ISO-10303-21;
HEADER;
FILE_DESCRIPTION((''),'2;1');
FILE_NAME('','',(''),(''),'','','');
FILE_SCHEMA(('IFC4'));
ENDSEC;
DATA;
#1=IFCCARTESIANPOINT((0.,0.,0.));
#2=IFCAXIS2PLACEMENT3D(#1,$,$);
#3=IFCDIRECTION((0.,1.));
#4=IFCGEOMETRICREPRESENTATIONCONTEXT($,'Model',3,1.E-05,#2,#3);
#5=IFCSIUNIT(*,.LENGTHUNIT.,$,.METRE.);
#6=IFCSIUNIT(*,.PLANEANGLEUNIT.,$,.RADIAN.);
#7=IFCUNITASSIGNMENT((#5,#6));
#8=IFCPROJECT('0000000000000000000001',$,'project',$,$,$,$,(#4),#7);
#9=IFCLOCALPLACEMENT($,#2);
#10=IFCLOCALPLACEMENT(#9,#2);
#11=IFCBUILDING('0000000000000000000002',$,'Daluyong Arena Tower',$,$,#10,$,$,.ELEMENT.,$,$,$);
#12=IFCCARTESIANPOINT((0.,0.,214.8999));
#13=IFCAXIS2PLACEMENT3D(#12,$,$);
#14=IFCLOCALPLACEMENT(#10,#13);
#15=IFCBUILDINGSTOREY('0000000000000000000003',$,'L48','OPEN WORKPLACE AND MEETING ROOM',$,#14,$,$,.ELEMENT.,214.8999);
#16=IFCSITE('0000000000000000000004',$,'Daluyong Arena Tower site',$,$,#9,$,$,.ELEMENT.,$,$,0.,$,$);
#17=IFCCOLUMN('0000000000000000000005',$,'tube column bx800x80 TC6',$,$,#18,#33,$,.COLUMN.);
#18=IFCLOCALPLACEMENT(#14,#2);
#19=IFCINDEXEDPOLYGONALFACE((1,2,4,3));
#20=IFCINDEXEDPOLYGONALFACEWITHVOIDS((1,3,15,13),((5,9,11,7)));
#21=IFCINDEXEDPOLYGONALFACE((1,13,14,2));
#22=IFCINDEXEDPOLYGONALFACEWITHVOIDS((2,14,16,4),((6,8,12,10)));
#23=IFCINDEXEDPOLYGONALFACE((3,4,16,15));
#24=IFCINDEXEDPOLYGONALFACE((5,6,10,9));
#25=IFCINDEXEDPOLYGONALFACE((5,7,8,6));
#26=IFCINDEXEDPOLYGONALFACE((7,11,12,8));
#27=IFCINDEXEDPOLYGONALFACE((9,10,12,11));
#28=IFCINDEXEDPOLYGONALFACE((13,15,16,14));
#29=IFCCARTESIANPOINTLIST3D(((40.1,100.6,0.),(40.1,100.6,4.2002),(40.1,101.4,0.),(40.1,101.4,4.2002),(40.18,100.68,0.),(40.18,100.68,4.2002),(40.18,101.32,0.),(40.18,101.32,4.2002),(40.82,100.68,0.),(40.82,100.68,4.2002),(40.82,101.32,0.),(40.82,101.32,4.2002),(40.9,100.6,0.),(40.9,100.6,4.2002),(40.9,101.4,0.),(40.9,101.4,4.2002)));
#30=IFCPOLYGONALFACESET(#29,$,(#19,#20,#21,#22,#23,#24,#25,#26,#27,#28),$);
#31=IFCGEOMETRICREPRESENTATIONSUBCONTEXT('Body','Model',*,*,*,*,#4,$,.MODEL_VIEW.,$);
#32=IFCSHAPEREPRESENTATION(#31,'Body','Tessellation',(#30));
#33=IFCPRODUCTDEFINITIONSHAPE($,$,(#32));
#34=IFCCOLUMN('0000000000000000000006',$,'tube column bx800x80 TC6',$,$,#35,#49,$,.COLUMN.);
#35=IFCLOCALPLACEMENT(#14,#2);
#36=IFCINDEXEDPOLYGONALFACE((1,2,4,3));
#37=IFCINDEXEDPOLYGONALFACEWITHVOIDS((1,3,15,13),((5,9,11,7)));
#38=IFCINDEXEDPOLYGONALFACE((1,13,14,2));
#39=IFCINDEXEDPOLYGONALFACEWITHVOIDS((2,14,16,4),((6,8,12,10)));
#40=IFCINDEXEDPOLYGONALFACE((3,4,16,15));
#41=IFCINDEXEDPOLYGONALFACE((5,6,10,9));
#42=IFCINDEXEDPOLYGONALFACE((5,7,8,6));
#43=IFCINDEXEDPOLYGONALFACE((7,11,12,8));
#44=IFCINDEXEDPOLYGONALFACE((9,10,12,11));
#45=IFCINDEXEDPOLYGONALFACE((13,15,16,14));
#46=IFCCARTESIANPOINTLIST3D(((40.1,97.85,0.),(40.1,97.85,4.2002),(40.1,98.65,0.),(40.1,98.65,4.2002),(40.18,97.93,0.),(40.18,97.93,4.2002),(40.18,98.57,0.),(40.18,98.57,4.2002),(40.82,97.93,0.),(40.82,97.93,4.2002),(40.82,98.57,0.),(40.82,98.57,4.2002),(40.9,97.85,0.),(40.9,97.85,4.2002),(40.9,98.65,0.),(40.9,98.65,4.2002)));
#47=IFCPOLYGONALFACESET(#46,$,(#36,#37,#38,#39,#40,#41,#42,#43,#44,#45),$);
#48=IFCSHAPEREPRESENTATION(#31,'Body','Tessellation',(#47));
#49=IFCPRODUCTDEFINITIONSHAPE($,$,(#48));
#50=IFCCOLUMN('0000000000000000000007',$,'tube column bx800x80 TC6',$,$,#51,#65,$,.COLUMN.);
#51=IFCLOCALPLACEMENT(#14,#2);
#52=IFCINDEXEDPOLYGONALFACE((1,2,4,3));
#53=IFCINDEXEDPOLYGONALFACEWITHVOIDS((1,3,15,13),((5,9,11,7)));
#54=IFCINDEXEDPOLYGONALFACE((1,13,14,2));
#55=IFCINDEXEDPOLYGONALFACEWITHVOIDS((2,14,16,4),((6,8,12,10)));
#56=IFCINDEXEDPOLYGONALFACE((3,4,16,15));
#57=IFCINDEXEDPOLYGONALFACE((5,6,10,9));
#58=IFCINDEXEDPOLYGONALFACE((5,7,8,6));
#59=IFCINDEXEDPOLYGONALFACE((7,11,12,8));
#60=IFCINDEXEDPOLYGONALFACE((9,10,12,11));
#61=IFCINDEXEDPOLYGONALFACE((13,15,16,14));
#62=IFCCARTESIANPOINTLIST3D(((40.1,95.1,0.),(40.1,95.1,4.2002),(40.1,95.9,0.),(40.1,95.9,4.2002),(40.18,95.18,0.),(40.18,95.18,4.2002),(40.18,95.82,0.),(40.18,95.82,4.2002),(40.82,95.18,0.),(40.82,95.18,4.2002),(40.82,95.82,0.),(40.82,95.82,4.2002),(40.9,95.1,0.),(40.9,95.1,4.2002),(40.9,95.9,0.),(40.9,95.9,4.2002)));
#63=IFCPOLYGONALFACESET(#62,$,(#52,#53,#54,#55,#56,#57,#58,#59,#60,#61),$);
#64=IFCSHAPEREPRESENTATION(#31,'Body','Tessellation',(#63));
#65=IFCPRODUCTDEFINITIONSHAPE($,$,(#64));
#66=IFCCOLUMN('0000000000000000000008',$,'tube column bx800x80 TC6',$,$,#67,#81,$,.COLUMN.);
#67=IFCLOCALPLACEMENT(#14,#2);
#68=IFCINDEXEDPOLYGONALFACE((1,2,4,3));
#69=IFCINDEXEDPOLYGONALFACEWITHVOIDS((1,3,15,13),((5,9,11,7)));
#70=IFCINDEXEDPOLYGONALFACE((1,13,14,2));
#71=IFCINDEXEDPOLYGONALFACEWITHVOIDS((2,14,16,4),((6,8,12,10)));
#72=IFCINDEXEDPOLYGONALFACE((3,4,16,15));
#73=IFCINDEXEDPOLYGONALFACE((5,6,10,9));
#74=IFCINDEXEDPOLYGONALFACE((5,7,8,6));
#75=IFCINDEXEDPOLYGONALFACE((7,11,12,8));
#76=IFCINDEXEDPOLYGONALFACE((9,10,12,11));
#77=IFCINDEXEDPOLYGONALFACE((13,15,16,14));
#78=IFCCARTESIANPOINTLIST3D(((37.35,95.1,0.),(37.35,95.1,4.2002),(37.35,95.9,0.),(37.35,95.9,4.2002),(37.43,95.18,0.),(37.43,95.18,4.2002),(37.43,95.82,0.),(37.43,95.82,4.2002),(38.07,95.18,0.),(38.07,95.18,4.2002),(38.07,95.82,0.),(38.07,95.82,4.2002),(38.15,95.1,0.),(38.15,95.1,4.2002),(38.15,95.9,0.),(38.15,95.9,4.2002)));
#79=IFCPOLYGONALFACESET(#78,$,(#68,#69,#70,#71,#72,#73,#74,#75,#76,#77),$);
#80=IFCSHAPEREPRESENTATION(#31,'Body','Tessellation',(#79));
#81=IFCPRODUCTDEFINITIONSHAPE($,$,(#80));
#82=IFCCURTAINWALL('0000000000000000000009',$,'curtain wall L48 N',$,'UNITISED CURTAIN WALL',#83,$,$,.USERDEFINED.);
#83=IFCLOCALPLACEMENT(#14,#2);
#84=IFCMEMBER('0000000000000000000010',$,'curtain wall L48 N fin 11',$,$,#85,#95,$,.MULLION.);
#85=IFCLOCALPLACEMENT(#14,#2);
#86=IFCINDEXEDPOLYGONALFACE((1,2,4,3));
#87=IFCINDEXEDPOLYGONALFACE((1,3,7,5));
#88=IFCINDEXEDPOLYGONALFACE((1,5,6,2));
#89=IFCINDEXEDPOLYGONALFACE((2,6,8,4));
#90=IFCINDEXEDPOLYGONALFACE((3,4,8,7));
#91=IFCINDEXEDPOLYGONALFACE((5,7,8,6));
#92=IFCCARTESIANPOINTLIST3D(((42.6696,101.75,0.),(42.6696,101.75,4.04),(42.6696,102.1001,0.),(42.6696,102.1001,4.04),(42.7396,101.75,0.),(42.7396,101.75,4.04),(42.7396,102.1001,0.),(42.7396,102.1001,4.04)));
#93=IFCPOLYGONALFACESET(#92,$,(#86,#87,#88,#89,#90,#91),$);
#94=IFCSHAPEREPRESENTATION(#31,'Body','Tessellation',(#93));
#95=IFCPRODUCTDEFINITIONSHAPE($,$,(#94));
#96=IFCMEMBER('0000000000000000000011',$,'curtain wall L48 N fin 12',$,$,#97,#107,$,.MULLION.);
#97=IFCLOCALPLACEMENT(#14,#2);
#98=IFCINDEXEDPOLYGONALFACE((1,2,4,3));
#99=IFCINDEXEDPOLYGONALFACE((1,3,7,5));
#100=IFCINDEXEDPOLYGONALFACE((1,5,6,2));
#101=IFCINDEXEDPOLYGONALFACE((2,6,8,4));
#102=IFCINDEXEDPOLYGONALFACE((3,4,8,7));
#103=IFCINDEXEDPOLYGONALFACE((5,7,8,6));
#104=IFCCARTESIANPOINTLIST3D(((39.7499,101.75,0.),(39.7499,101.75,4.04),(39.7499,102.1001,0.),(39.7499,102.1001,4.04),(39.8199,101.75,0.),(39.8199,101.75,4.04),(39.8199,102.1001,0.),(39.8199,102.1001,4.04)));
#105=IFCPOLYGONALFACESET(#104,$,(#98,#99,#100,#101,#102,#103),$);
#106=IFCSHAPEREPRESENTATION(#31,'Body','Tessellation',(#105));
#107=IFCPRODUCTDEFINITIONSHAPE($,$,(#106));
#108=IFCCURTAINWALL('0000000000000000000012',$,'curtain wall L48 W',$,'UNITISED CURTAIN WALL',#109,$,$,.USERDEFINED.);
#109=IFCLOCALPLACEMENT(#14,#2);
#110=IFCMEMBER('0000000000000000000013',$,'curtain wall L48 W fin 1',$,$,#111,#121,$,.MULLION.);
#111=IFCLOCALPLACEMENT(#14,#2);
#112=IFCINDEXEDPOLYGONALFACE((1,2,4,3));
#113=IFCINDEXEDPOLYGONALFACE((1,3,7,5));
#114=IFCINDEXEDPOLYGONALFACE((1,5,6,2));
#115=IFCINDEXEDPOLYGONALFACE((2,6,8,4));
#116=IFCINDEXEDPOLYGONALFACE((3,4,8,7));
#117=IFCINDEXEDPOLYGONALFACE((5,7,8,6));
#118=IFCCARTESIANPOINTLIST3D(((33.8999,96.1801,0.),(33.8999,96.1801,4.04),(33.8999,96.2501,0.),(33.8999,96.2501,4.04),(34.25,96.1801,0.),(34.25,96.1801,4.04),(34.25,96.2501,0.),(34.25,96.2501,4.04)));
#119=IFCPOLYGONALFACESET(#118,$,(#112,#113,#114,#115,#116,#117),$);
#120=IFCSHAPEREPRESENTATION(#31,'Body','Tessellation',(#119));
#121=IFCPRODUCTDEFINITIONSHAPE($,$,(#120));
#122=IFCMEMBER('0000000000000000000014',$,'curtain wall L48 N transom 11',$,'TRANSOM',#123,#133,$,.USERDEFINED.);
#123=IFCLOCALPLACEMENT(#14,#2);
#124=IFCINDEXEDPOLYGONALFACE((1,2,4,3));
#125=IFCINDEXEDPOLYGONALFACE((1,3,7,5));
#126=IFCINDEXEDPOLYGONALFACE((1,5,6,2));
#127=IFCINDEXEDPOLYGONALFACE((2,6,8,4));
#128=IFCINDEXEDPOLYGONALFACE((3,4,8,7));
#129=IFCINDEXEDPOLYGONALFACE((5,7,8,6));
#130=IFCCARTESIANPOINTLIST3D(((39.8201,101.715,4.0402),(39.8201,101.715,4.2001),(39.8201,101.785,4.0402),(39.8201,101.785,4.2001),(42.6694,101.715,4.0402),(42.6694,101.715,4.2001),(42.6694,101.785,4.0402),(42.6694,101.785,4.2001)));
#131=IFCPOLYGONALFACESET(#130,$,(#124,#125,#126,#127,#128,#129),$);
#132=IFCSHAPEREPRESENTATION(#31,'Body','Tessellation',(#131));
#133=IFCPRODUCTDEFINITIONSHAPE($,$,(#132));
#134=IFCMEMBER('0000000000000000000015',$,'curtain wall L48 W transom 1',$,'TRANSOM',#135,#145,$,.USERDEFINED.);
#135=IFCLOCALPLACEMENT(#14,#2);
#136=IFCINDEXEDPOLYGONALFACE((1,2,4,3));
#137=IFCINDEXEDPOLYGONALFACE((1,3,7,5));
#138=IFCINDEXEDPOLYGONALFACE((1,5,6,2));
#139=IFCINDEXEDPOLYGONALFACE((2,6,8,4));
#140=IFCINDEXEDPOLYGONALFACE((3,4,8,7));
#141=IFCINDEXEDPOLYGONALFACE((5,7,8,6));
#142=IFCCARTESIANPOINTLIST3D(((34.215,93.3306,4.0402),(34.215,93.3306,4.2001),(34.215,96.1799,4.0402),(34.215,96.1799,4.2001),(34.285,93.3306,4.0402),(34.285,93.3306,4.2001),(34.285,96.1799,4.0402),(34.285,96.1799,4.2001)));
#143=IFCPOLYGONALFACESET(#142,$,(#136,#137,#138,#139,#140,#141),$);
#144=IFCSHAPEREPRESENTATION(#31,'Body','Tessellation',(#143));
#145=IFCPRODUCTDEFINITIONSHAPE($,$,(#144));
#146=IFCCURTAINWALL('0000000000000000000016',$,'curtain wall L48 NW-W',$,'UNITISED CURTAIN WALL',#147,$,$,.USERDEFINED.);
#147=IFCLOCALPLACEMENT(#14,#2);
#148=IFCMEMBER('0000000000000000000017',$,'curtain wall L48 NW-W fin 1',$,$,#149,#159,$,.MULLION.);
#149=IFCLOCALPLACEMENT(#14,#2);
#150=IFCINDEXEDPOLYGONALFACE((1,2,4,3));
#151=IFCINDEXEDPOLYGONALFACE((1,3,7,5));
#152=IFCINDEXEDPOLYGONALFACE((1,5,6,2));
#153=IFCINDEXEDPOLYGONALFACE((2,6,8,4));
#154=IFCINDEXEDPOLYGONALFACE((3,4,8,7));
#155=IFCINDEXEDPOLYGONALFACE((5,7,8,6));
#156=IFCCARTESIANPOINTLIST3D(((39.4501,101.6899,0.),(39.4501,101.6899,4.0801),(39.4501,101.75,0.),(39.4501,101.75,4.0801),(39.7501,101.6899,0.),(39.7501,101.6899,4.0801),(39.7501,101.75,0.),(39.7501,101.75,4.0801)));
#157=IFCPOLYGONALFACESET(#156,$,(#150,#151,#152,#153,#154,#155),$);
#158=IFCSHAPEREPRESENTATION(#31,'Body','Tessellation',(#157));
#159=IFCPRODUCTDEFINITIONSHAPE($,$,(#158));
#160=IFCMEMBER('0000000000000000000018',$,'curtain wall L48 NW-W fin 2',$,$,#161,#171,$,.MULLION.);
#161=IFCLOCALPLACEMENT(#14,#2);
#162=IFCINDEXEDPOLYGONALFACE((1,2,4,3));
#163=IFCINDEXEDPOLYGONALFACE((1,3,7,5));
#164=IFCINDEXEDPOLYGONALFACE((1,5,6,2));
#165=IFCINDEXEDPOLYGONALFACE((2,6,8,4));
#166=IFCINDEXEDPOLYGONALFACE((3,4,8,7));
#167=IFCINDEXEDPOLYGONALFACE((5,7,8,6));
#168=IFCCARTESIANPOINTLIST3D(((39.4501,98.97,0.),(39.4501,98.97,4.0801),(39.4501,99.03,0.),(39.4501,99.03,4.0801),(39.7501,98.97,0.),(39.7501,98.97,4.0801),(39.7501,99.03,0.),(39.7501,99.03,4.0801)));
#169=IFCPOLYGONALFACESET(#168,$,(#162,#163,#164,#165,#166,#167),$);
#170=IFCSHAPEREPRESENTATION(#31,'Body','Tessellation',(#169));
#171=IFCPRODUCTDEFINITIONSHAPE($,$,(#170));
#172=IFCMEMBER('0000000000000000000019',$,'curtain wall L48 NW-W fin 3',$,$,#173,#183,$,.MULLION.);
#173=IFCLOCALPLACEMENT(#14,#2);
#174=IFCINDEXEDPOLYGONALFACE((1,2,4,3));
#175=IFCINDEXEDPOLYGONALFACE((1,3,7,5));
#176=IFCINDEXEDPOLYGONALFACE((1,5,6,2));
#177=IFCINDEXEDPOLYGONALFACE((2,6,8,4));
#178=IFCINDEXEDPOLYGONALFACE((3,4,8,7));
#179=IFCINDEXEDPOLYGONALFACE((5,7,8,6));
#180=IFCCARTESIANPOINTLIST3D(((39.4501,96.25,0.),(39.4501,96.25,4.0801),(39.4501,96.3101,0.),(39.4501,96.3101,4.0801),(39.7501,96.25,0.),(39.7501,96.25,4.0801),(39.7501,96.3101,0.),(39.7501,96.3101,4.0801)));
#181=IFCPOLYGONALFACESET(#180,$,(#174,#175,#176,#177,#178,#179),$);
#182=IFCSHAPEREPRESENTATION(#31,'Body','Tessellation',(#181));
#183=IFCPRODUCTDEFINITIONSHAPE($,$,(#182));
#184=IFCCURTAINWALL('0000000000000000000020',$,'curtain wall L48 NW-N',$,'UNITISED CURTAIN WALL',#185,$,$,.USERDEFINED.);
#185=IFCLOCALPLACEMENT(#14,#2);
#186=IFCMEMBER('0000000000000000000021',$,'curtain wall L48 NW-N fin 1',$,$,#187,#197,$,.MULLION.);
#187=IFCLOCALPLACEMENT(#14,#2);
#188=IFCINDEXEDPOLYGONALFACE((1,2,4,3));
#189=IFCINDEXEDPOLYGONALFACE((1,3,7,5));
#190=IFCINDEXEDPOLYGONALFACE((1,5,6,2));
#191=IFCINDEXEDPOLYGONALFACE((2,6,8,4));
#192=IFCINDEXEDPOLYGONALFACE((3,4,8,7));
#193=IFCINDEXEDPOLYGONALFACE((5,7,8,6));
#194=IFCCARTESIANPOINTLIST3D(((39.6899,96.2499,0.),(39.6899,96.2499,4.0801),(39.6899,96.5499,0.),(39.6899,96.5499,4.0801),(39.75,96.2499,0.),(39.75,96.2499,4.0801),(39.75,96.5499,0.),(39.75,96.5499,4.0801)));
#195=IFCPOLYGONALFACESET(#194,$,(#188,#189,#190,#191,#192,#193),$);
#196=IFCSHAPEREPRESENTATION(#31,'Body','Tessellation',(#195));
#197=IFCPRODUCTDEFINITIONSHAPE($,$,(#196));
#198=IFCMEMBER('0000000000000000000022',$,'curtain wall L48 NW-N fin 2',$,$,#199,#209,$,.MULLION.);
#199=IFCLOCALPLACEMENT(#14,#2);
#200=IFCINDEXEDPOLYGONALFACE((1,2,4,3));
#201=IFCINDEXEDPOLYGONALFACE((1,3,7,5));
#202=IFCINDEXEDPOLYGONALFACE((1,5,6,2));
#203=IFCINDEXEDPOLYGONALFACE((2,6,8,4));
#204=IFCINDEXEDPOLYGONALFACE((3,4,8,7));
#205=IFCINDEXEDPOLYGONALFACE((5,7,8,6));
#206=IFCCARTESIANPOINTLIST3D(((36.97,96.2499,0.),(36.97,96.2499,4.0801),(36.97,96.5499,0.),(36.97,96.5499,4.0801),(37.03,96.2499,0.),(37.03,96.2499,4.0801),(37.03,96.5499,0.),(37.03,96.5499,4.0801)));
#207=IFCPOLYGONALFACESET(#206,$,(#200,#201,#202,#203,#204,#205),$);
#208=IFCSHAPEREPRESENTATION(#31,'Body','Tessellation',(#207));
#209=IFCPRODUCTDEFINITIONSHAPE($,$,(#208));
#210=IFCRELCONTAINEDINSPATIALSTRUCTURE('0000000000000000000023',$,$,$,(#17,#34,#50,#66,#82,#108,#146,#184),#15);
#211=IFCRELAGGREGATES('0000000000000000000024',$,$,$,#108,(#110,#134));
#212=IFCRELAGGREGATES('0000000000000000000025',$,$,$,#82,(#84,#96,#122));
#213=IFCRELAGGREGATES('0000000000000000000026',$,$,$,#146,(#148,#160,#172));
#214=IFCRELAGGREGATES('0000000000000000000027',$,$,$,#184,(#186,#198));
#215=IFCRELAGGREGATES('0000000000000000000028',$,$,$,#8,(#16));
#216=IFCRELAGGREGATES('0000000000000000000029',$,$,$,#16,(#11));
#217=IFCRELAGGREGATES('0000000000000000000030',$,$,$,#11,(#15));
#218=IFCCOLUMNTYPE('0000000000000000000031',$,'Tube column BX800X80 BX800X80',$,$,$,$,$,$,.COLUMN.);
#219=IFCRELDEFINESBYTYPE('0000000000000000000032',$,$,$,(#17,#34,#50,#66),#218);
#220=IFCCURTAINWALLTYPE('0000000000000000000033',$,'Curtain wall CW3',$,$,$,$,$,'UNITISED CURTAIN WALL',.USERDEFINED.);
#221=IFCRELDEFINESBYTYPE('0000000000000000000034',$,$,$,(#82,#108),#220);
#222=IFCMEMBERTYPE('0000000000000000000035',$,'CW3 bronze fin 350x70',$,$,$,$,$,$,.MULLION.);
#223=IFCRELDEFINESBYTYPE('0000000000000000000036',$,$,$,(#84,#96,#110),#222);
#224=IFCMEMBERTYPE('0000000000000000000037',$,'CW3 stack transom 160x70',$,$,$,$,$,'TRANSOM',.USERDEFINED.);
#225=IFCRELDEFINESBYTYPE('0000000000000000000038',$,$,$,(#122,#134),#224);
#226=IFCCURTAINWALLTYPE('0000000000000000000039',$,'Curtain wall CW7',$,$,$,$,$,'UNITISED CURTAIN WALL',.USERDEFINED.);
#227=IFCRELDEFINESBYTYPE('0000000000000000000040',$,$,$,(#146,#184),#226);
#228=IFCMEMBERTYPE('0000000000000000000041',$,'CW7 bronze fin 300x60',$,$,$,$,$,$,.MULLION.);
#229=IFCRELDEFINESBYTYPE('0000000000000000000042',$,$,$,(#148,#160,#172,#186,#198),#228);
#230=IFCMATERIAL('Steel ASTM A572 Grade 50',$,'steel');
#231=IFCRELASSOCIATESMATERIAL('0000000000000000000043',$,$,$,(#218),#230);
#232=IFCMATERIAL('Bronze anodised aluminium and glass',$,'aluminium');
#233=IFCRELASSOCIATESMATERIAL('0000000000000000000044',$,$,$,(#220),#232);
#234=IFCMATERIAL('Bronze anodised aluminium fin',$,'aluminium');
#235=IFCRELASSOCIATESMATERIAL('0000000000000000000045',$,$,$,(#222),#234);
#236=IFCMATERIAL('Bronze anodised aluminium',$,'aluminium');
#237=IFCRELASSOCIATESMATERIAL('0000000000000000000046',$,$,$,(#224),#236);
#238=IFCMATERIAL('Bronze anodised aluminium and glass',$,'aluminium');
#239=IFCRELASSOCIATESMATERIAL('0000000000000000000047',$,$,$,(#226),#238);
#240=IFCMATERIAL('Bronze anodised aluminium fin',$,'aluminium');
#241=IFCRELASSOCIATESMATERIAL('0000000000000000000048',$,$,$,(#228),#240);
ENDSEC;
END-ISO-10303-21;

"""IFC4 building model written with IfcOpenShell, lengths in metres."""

from ifc_helpers import new_model, si_unit, direction, frame, origin, origin_2d, place, context, subcontext, project, spatial, rectangle, hollow_rectangle, extrude, material, material_profile, profile_set, type_object, element, aggregate, save


model = new_model("IFC4")

# Units and contexts
model_context = context("Model", 3, precision=1e-05, world=origin(), true_north=direction((0.0, 1.0)))
body_context = subcontext(model_context, "Body", "Model", "MODEL_VIEW")
ifc_project = project(units=[si_unit("LENGTHUNIT", "METRE"), si_unit("PLANEANGLEUNIT", "RADIAN")], contexts=[model_context])

# Site, building, storey
site_placement = place(None, origin())
site = spatial("IfcSite", under=ifc_project, at=site_placement, Name="Daluyong Arena Tower site", CompositionType="ELEMENT", RefElevation=0.0)
building_placement = place(site_placement, origin())
building = spatial("IfcBuilding", under=site, at=building_placement, Name="Daluyong Arena Tower", CompositionType="ELEMENT")
storey_placement = place(building_placement, frame((0.0, 0.0, 214.8999)))
storey = spatial("IfcBuildingStorey", under=building, at=storey_placement, Name="L48", Description="OPEN WORKPLACE AND MEETING ROOM", CompositionType="ELEMENT", Elevation=214.8999)

# Columns
ifc_material_1 = material(Name="Steel ASTM A572 Grade 50", Category="steel")
ifc_material_profile_1 = material_profile(ifc_material_1, hollow_rectangle(XDim=0.8, YDim=0.8, WallThickness=0.08, at=origin_2d()))
ifc_profile_set_1 = profile_set([ifc_material_profile_1], Name="Steel ASTM A572 Grade 50")
column_type = type_object("IfcColumnType", Name="Tube column BX800X80 BX800X80", PredefinedType="COLUMN", material=ifc_profile_set_1)
for number, where, z_axis, x_axis, name in (
    (1, (40.5, 101.0, 0.0), (0.0, 0.0, 1.0), (0.0, 1.0, 0.0), "tube column bx800x80 TC6"),
    (2, (40.5, 98.25, 0.0), (0.0, 0.0, 1.0), (0.0, 1.0, 0.0), "tube column bx800x80 TC6"),
    (3, (40.5, 95.5, 0.0), (0.0, 0.0, 1.0), (1.0, 0.0, 0.0), "tube column bx800x80 TC6"),
    (4, (37.75, 95.5, 0.0), (0.0, 0.0, 1.0), (1.0, 0.0, 0.0), "tube column bx800x80 TC6"),
):
    element("IfcColumn", number, at=place(storey_placement, frame(where, z_axis=z_axis, x_axis=x_axis)), inside=storey, type_object=column_type, Name=name, PredefinedType="COLUMN", context=body_context, shape_type="SweptSolid", body=[
        extrude(hollow_rectangle(XDim=0.8, YDim=0.8, WallThickness=0.08, at=origin_2d()), origin(), (0.0, 0.0, 1.0), 4.2002),
    ])

# Curtain wall, members
ifc_material_2 = material(Name="Bronze anodised aluminium and glass", Category="aluminium")
curtain_wall_type_1 = type_object("IfcCurtainWallType", Name="Curtain wall CW3", ElementType="UNITISED CURTAIN WALL", PredefinedType="USERDEFINED", material=ifc_material_2)
curtain_wall_1_placement = place(storey_placement, origin())
curtain_wall_1 = element("IfcCurtainWall", 5, at=curtain_wall_1_placement, inside=storey, type_object=curtain_wall_type_1, Name="curtain wall L48 N", ObjectType="UNITISED CURTAIN WALL", PredefinedType="USERDEFINED")
ifc_material_3 = material(Name="Bronze anodised aluminium fin", Category="aluminium")
ifc_material_profile_2 = material_profile(ifc_material_3, rectangle(XDim=0.3501, YDim=0.0701, at=origin_2d()))
ifc_profile_set_2 = profile_set([ifc_material_profile_2], Name="Bronze anodised aluminium fin")
member_type_1 = type_object("IfcMemberType", Name="CW3 bronze fin 350x70", PredefinedType="MULLION", material=ifc_profile_set_2)
member_1_placement = place(storey_placement, frame((42.7046, 101.925, 0.0), z_axis=(0.0, 0.0, 1.0), x_axis=(0.0, -1.0, 0.0)))
member_1 = element("IfcMember", 6, at=member_1_placement, type_object=member_type_1, Name="curtain wall L48 N fin 11", PredefinedType="MULLION", context=body_context, shape_type="SweptSolid", body=[
    extrude(rectangle(XDim=0.3501, YDim=0.0701, at=origin_2d()), origin(), (0.0, 0.0, 1.0), 4.04),
])
member_2_placement = place(storey_placement, frame((39.7849, 101.925, 0.0), z_axis=(0.0, 0.0, 1.0), x_axis=(0.0, -1.0, 0.0)))
member_2 = element("IfcMember", 7, at=member_2_placement, type_object=member_type_1, Name="curtain wall L48 N fin 12", PredefinedType="MULLION", context=body_context, shape_type="SweptSolid", body=[
    extrude(rectangle(XDim=0.3501, YDim=0.0701, at=origin_2d()), origin(), (0.0, 0.0, 1.0), 4.04),
])

# Curtain wall, member
curtain_wall_2_placement = place(storey_placement, origin())
curtain_wall_2 = element("IfcCurtainWall", 8, at=curtain_wall_2_placement, inside=storey, type_object=curtain_wall_type_1, Name="curtain wall L48 W", ObjectType="UNITISED CURTAIN WALL", PredefinedType="USERDEFINED")
member_3_placement = place(storey_placement, frame((34.075, 96.2151, 0.0), z_axis=(0.0, 0.0, 1.0), x_axis=(1.0, 0.0, 0.0)))
member_3 = element("IfcMember", 9, at=member_3_placement, type_object=member_type_1, Name="curtain wall L48 W fin 1", PredefinedType="MULLION", context=body_context, shape_type="SweptSolid", body=[
    extrude(rectangle(XDim=0.3501, YDim=0.0701, at=origin_2d()), origin(), (0.0, 0.0, 1.0), 4.04),
])

# Members
ifc_material_4 = material(Name="Bronze anodised aluminium", Category="aluminium")
ifc_material_profile_3 = material_profile(ifc_material_4, rectangle(XDim=0.0701, YDim=0.1599, at=origin_2d()))
ifc_profile_set_3 = profile_set([ifc_material_profile_3], Name="Bronze anodised aluminium")
member_type_2 = type_object("IfcMemberType", Name="CW3 stack transom 160x70", ElementType="TRANSOM", PredefinedType="USERDEFINED", material=ifc_profile_set_3)
member_4_placement = place(storey_placement, frame((42.6694, 101.75, 4.1201), z_axis=(-1.0, 0.0, 0.0), x_axis=(0.0, -1.0, 0.0)))
member_4 = element("IfcMember", 10, at=member_4_placement, type_object=member_type_2, Name="curtain wall L48 N transom 11", ObjectType="TRANSOM", PredefinedType="USERDEFINED", context=body_context, shape_type="SweptSolid", body=[
    extrude(rectangle(XDim=0.0701, YDim=0.1599, at=origin_2d()), origin(), (0.0, 0.0, 1.0), 2.8494),
])
member_5_placement = place(storey_placement, frame((34.25, 96.1799, 4.1201), z_axis=(0.0, -1.0, 0.0), x_axis=(1.0, 0.0, 0.0)))
member_5 = element("IfcMember", 11, at=member_5_placement, type_object=member_type_2, Name="curtain wall L48 W transom 1", ObjectType="TRANSOM", PredefinedType="USERDEFINED", context=body_context, shape_type="SweptSolid", body=[
    extrude(rectangle(XDim=0.0701, YDim=0.1599, at=origin_2d()), origin(), (0.0, 0.0, 1.0), 2.8494),
])
aggregate(curtain_wall_2, [member_3, member_5])

# Curtain walls, members
ifc_material_5 = material(Name="Bronze anodised aluminium and glass", Category="aluminium")
curtain_wall_type_2 = type_object("IfcCurtainWallType", Name="Curtain wall CW7", ElementType="UNITISED CURTAIN WALL", PredefinedType="USERDEFINED", material=ifc_material_5)
curtain_wall_3_placement = place(storey_placement, origin())
curtain_wall_3 = element("IfcCurtainWall", 12, at=curtain_wall_3_placement, inside=storey, type_object=curtain_wall_type_2, Name="curtain wall L48 NW-W", ObjectType="UNITISED CURTAIN WALL", PredefinedType="USERDEFINED")
ifc_material_6 = material(Name="Bronze anodised aluminium fin", Category="aluminium")
ifc_material_profile_4 = material_profile(ifc_material_6, rectangle(XDim=0.3, YDim=0.0601, at=origin_2d()))
ifc_profile_set_4 = profile_set([ifc_material_profile_4], Name="Bronze anodised aluminium fin")
member_type_3 = type_object("IfcMemberType", Name="CW7 bronze fin 300x60", PredefinedType="MULLION", material=ifc_profile_set_4)
member_6_placement = place(storey_placement, frame((39.6001, 101.72, 0.0), z_axis=(0.0, 0.0, 1.0), x_axis=(1.0, 0.0, 0.0)))
member_6 = element("IfcMember", 13, at=member_6_placement, type_object=member_type_3, Name="curtain wall L48 NW-W fin 1", PredefinedType="MULLION", context=body_context, shape_type="SweptSolid", body=[
    extrude(rectangle(XDim=0.3, YDim=0.0601, at=origin_2d()), origin(), (0.0, 0.0, 1.0), 4.0801),
])
member_7_placement = place(storey_placement, frame((39.6001, 99.0, 0.0), z_axis=(0.0, 0.0, 1.0), x_axis=(1.0, 0.0, 0.0)))
member_7 = element("IfcMember", 14, at=member_7_placement, type_object=member_type_3, Name="curtain wall L48 NW-W fin 2", PredefinedType="MULLION", context=body_context, shape_type="SweptSolid", body=[
    extrude(rectangle(XDim=0.3, YDim=0.0601, at=origin_2d()), origin(), (0.0, 0.0, 1.0), 4.0801),
])
member_8_placement = place(storey_placement, frame((39.6001, 96.28, 0.0), z_axis=(0.0, 0.0, 1.0), x_axis=(1.0, 0.0, 0.0)))
member_8 = element("IfcMember", 15, at=member_8_placement, type_object=member_type_3, Name="curtain wall L48 NW-W fin 3", PredefinedType="MULLION", context=body_context, shape_type="SweptSolid", body=[
    extrude(rectangle(XDim=0.3, YDim=0.0601, at=origin_2d()), origin(), (0.0, 0.0, 1.0), 4.0801),
])
curtain_wall_4_placement = place(storey_placement, origin())
curtain_wall_4 = element("IfcCurtainWall", 16, at=curtain_wall_4_placement, inside=storey, type_object=curtain_wall_type_2, Name="curtain wall L48 NW-N", ObjectType="UNITISED CURTAIN WALL", PredefinedType="USERDEFINED")
member_9_placement = place(storey_placement, frame((39.72, 96.3999, 0.0), z_axis=(0.0, 0.0, 1.0), x_axis=(0.0, -1.0, 0.0)))
member_9 = element("IfcMember", 17, at=member_9_placement, type_object=member_type_3, Name="curtain wall L48 NW-N fin 1", PredefinedType="MULLION", context=body_context, shape_type="SweptSolid", body=[
    extrude(rectangle(XDim=0.3, YDim=0.0601, at=origin_2d()), origin(), (0.0, 0.0, 1.0), 4.0801),
])
member_10_placement = place(storey_placement, frame((37.0, 96.3999, 0.0), z_axis=(0.0, 0.0, 1.0), x_axis=(0.0, -1.0, 0.0)))
member_10 = element("IfcMember", 18, at=member_10_placement, type_object=member_type_3, Name="curtain wall L48 NW-N fin 2", PredefinedType="MULLION", context=body_context, shape_type="SweptSolid", body=[
    extrude(rectangle(XDim=0.3, YDim=0.0601, at=origin_2d()), origin(), (0.0, 0.0, 1.0), 4.0801),
])

aggregate(curtain_wall_1, [member_1, member_2, member_4])
aggregate(curtain_wall_3, [member_6, member_7, member_8])
aggregate(curtain_wall_4, [member_9, member_10])

save(model, "model.ifc")
